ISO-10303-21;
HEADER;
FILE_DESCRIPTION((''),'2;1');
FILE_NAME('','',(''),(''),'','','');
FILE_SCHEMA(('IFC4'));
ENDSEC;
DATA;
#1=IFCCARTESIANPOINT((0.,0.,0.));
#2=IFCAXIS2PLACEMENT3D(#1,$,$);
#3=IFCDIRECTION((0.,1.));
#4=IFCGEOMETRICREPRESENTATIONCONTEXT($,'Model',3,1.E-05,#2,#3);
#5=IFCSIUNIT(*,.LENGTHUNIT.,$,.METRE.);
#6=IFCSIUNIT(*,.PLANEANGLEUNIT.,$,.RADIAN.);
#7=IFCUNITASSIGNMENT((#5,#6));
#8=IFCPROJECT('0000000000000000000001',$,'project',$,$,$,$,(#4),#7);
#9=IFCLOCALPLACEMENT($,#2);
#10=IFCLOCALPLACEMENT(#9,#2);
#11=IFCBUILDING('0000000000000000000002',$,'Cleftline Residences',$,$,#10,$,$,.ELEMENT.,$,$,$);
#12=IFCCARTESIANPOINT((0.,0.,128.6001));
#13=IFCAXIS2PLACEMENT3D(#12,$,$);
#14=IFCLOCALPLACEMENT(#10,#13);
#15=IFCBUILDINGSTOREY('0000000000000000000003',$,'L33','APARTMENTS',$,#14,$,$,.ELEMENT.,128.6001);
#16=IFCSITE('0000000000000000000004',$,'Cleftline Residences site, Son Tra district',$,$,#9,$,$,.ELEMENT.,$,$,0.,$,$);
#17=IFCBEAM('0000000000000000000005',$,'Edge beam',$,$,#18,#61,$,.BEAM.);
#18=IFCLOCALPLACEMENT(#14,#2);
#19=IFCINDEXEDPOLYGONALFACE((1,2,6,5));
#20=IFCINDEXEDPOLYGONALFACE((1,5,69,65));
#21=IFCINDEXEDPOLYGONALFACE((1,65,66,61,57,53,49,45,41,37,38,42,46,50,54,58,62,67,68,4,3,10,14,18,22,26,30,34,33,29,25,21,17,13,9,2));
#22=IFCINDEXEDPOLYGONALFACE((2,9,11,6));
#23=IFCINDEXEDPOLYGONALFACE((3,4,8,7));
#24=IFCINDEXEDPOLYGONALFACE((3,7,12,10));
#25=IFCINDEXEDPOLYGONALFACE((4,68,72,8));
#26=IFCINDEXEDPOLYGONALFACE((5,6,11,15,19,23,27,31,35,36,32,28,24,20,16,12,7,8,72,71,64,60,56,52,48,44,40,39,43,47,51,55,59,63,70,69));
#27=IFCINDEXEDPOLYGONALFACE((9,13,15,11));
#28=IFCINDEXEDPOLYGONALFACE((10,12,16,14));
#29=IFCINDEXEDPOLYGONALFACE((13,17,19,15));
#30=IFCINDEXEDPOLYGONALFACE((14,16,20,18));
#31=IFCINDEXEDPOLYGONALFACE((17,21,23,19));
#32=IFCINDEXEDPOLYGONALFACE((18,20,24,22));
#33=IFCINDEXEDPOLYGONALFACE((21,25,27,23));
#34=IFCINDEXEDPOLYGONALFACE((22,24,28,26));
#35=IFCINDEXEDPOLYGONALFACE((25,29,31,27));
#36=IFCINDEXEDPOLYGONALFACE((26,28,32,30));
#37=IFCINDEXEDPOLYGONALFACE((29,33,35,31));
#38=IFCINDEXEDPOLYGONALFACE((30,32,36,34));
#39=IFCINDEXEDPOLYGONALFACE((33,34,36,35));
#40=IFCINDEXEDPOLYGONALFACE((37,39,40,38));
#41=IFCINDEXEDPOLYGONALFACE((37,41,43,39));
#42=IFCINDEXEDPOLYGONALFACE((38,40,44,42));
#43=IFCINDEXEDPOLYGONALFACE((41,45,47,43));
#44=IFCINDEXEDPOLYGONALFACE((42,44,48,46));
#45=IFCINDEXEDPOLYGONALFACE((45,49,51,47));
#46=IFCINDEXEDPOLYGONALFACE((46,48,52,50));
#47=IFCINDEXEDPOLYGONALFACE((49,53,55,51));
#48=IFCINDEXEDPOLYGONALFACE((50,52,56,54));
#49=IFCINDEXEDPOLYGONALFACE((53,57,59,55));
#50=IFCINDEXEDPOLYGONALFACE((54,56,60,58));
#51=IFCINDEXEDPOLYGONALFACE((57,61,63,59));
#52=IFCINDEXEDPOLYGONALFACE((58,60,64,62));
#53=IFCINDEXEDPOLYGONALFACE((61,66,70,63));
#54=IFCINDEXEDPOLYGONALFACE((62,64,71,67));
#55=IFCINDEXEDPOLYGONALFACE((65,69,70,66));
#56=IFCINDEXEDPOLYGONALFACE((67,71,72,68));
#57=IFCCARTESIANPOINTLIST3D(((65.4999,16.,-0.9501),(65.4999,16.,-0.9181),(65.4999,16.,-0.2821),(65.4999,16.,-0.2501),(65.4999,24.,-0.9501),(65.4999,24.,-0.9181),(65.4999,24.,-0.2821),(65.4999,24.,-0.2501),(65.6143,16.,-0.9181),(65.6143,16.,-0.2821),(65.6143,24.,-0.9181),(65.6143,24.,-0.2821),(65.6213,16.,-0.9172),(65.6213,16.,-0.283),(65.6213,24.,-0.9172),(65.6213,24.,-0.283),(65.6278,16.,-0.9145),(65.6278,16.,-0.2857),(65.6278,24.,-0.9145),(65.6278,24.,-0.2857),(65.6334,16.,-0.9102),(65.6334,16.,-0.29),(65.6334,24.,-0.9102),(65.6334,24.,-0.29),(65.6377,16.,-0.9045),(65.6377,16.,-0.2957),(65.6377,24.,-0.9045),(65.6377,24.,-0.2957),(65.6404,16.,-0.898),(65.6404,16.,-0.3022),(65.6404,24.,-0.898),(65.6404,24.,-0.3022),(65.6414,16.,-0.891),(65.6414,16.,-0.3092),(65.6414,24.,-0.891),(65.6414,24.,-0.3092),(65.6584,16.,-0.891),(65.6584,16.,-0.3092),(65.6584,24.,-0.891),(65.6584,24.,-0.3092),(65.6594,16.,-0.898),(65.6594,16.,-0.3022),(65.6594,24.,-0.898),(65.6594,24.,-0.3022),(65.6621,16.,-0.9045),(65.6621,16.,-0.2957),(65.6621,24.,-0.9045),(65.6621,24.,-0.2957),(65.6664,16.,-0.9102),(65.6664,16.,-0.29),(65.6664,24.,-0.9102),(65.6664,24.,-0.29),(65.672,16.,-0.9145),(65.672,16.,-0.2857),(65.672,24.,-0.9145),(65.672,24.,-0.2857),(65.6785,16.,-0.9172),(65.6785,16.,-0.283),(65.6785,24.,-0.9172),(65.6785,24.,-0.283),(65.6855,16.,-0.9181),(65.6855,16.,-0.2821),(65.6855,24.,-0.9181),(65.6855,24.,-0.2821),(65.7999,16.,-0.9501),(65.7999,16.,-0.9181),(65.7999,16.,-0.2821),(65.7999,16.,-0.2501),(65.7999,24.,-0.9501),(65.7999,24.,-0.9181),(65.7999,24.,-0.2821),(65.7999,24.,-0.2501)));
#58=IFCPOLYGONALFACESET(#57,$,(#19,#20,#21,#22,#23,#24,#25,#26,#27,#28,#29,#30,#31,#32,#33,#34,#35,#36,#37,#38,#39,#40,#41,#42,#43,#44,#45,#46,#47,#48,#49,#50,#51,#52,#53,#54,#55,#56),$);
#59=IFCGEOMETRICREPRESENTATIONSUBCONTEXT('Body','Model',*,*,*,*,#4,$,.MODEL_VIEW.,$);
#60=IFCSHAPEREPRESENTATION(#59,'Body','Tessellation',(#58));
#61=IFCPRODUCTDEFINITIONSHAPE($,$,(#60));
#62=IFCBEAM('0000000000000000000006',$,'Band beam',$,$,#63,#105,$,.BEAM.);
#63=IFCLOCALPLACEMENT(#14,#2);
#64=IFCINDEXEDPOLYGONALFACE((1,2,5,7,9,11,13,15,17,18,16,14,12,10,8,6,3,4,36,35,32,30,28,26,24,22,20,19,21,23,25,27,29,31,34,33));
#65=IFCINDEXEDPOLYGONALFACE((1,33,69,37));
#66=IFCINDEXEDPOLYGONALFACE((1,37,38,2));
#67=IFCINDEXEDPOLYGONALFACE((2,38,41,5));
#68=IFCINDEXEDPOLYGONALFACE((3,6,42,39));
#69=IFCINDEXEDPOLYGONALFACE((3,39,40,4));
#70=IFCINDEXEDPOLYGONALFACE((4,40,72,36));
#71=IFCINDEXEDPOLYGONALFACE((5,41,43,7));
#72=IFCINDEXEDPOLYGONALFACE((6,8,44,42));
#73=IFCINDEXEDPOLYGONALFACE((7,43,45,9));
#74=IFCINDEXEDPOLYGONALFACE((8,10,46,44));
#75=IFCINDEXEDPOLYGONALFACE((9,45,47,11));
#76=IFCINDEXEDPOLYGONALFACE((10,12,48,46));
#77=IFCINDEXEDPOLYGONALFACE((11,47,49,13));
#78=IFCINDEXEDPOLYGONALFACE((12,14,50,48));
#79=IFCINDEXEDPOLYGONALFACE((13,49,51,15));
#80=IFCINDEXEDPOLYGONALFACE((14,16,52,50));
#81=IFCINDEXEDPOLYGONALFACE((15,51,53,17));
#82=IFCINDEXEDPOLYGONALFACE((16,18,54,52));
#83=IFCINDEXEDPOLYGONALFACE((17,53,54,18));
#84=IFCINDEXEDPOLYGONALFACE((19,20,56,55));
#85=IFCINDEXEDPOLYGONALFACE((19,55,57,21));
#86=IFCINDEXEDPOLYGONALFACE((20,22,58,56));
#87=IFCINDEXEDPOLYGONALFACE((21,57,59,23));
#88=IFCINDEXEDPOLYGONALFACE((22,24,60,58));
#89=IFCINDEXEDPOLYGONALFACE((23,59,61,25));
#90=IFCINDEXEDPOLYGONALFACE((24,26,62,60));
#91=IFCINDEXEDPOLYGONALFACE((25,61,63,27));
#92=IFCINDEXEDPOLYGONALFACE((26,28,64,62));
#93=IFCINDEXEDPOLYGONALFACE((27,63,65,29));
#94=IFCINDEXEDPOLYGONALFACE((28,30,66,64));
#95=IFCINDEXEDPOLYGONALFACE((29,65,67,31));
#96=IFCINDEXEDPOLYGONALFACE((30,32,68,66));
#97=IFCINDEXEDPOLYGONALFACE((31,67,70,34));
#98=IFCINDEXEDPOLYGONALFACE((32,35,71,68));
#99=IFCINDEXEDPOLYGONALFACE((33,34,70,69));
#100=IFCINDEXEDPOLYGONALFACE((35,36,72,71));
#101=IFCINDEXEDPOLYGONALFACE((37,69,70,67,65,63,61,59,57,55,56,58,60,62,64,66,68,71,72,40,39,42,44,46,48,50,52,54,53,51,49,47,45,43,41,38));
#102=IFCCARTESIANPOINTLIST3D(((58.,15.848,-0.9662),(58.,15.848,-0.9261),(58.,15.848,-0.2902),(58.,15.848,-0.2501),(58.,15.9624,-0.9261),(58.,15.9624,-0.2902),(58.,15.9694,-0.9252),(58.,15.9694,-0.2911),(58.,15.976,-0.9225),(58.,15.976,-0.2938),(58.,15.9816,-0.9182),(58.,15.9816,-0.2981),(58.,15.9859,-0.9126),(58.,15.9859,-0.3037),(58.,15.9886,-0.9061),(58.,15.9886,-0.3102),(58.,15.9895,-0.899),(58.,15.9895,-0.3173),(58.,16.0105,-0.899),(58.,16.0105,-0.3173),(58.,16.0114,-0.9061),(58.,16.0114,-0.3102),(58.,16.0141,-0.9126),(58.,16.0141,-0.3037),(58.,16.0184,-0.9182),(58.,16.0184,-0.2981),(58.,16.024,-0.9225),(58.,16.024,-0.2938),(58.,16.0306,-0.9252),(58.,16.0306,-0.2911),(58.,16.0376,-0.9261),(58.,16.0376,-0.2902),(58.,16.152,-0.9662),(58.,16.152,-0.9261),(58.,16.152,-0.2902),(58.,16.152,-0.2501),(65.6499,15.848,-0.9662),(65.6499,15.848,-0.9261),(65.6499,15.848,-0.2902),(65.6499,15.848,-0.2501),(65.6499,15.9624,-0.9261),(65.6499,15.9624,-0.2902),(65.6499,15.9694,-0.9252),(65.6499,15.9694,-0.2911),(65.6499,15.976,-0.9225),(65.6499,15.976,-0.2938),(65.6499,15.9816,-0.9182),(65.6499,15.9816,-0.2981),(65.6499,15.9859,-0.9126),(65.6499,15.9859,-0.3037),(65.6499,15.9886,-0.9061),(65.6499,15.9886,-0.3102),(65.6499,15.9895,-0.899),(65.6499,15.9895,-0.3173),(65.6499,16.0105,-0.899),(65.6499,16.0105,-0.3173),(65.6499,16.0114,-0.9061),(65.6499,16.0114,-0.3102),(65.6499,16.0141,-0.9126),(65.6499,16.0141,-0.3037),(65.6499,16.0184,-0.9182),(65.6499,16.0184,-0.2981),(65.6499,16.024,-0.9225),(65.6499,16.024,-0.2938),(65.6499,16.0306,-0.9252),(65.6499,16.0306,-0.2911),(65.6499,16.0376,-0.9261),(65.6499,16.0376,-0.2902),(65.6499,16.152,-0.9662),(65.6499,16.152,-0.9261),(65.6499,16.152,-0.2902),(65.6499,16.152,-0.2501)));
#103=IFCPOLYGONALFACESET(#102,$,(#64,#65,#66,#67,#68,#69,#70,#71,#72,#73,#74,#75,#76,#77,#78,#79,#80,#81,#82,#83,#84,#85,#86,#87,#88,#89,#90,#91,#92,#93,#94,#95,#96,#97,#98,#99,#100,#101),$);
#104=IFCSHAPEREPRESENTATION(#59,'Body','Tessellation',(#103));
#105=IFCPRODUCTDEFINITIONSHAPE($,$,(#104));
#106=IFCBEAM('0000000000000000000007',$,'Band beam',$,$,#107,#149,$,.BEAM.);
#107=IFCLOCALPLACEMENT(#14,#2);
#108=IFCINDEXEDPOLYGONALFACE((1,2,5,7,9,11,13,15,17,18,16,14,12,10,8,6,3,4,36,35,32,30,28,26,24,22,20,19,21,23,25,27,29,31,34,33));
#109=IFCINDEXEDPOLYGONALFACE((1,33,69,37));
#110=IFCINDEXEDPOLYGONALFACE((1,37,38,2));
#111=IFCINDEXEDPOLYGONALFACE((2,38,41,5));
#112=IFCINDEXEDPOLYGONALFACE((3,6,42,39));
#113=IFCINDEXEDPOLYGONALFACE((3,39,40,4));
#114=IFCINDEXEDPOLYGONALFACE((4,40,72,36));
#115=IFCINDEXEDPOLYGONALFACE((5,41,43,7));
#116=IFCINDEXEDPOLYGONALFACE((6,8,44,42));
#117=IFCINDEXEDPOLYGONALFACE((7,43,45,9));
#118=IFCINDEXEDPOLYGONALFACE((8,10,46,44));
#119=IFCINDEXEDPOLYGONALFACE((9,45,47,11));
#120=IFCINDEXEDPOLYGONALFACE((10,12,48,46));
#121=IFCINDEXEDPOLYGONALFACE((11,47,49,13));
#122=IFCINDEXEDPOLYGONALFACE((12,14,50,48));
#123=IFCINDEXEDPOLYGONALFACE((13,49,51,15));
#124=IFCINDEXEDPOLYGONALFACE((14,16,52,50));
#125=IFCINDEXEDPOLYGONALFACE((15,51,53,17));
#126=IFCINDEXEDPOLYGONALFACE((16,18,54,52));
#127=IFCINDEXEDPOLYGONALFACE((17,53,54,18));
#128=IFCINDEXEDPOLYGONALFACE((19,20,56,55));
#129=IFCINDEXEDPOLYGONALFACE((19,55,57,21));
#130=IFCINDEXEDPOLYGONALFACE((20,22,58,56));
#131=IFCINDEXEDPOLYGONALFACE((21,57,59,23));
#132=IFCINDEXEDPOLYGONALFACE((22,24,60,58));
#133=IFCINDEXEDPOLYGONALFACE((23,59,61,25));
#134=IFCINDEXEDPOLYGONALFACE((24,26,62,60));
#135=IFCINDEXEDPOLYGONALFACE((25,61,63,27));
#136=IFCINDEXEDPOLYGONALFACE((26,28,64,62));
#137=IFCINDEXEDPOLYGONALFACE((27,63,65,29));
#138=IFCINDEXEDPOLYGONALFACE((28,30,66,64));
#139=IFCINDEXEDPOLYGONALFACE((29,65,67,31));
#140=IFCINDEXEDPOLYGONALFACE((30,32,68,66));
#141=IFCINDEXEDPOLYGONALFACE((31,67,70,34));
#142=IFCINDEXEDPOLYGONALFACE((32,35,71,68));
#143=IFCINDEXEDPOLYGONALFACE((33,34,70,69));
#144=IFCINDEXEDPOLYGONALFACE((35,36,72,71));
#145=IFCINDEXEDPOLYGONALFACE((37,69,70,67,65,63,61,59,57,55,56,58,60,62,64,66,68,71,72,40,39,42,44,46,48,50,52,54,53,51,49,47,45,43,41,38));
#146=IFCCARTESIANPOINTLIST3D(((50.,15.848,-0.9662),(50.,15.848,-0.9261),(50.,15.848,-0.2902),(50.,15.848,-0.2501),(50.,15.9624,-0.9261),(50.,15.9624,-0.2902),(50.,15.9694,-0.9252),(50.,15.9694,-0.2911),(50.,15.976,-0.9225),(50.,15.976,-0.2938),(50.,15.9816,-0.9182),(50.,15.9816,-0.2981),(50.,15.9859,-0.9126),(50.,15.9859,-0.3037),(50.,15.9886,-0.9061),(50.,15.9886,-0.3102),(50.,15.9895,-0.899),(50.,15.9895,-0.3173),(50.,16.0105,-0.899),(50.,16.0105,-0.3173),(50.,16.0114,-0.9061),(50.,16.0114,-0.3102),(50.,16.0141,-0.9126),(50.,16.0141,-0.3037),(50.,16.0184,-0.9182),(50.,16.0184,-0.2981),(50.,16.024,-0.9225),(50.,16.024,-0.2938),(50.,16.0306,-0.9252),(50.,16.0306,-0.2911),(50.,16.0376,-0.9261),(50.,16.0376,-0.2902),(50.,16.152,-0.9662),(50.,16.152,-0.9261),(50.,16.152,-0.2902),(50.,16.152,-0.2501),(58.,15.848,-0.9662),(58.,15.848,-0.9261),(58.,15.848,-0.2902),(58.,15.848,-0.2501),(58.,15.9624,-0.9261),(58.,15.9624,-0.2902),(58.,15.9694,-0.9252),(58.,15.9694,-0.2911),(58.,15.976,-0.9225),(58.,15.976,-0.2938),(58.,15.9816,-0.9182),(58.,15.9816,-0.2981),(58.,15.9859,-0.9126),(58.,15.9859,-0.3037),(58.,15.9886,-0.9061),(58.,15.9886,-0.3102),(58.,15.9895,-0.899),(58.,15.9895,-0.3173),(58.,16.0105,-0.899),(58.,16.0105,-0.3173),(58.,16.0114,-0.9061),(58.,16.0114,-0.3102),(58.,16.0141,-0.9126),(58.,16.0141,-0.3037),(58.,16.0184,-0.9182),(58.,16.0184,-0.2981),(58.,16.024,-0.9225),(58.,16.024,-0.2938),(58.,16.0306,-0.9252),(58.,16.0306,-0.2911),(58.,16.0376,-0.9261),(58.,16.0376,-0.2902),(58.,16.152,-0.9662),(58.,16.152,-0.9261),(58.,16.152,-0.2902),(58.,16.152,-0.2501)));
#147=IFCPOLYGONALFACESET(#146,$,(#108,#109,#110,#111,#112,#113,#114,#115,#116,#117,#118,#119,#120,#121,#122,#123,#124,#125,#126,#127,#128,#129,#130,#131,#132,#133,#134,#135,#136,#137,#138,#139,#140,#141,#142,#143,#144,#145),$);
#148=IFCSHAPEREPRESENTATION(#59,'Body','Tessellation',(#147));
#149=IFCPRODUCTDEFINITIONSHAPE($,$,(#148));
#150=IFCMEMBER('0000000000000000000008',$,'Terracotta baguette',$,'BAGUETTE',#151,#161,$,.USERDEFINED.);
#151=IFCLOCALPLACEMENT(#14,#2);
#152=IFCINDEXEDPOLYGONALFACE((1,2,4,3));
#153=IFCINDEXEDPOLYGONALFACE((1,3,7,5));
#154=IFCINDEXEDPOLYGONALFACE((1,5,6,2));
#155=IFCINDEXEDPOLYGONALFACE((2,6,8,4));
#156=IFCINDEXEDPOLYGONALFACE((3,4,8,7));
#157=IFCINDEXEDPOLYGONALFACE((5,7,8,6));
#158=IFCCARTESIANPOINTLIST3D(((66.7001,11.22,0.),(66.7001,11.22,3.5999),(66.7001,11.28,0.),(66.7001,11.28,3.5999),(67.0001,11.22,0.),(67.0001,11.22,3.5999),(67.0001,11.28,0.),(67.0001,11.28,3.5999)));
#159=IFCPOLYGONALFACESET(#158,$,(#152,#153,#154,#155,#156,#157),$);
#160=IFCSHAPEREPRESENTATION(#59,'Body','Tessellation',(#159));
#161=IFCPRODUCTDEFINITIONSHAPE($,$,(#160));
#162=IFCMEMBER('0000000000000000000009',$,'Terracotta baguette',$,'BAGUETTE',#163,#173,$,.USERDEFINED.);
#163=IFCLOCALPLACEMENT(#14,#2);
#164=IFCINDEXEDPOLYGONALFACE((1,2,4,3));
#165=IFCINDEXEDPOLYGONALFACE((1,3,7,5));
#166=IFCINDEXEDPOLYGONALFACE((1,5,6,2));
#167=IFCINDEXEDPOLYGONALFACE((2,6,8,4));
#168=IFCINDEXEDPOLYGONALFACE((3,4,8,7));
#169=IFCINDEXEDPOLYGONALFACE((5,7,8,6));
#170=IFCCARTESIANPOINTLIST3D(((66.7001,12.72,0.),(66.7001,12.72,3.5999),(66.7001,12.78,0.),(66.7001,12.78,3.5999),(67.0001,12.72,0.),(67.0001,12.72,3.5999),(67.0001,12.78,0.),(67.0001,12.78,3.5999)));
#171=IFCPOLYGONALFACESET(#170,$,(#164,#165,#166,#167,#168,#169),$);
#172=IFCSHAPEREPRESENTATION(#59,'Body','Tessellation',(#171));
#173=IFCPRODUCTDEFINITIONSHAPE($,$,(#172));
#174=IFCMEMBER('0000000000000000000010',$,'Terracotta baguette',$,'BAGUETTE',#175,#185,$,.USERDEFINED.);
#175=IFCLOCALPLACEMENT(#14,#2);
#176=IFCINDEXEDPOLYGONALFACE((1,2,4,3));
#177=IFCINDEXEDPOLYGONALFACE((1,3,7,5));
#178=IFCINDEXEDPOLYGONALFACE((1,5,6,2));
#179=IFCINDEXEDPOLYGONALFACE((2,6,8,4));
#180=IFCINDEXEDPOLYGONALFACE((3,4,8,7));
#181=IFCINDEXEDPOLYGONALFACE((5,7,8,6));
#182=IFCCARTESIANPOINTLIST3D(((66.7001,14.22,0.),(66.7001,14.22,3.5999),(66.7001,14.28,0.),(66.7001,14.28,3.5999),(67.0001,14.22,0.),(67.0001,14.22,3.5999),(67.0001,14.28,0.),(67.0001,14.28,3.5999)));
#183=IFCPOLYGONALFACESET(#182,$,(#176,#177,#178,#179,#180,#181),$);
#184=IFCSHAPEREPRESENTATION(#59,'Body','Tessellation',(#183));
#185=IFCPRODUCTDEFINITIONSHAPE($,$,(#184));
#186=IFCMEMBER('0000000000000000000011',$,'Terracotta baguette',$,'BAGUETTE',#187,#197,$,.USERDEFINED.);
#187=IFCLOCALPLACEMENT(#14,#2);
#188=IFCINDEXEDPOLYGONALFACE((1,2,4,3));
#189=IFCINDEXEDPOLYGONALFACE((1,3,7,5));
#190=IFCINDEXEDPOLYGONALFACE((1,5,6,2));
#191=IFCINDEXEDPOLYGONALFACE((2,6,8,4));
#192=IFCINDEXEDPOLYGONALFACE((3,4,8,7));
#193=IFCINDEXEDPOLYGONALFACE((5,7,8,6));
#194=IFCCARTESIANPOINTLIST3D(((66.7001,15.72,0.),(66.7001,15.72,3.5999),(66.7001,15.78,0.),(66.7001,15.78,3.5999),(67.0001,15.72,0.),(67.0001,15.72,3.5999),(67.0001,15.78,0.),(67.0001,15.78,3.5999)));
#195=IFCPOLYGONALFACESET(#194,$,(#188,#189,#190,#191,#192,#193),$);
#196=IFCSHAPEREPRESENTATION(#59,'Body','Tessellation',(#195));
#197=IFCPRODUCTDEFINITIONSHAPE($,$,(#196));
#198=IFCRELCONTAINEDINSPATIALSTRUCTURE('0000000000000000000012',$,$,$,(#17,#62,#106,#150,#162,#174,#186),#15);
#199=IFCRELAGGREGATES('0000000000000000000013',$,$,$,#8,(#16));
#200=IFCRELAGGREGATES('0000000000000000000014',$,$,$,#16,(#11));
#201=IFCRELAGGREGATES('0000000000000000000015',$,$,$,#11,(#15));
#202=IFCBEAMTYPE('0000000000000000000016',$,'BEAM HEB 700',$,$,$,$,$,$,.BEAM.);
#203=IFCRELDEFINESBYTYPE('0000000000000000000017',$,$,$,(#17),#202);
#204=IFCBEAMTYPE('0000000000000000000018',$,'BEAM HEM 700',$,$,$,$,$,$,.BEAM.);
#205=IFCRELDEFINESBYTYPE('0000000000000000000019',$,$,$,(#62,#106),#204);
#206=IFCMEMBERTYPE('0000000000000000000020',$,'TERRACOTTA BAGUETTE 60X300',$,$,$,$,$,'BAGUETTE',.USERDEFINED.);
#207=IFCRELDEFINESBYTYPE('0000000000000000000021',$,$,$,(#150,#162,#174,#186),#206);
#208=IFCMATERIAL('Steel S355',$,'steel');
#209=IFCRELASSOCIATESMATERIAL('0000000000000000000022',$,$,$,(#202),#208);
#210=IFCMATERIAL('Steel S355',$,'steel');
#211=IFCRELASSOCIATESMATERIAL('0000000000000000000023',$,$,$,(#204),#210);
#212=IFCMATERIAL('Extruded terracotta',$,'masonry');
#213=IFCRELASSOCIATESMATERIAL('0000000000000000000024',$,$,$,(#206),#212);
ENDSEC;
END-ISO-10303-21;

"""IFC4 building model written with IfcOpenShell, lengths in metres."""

from ifc_helpers import new_model, si_unit, direction, frame, origin, origin_2d, place, context, subcontext, project, spatial, rectangle, i_section, extrude, material, material_profile, profile_set, type_object, element, save


model = new_model("IFC4")

# Units and contexts
model_context = context("Model", 3, precision=1e-05, world=origin(), true_north=direction((0.0, 1.0)))
body_context = subcontext(model_context, "Body", "Model", "MODEL_VIEW")
ifc_project = project(units=[si_unit("LENGTHUNIT", "METRE"), si_unit("PLANEANGLEUNIT", "RADIAN")], contexts=[model_context])

# Site, building, storey
site_placement = place(None, origin())
site = spatial("IfcSite", under=ifc_project, at=site_placement, Name="Cleftline Residences site, Son Tra district", CompositionType="ELEMENT", RefElevation=0.0)
building_placement = place(site_placement, origin())
building = spatial("IfcBuilding", under=site, at=building_placement, Name="Cleftline Residences", CompositionType="ELEMENT")
storey_placement = place(building_placement, frame((0.0, 0.0, 128.6001)))
storey = spatial("IfcBuildingStorey", under=building, at=storey_placement, Name="L33", Description="APARTMENTS", CompositionType="ELEMENT", Elevation=128.6001)

# Beams
ifc_material_1 = material(Name="Steel S355", Category="steel")
ifc_material_profile_1 = material_profile(ifc_material_1, i_section(OverallWidth=0.3, OverallDepth=0.7, WebThickness=0.0171, FlangeThickness=0.032, FilletRadius=0.0271, at=origin_2d()))
ifc_profile_set_1 = profile_set([ifc_material_profile_1], Name="Steel S355")
beam_type_1 = type_object("IfcBeamType", Name="BEAM HEB 700", PredefinedType="BEAM", material=ifc_profile_set_1)
beam_1_placement = place(storey_placement, frame((65.6499, 16.0, -0.6001), z_axis=(0.0, 1.0, 0.0), x_axis=(-1.0, 0.0, 0.0)))
element("IfcBeam", 1, at=beam_1_placement, inside=storey, type_object=beam_type_1, Name="Edge beam", PredefinedType="BEAM", context=body_context, shape_type="SweptSolid", body=[
    extrude(i_section(OverallWidth=0.3, OverallDepth=0.7, WebThickness=0.0171, FlangeThickness=0.032, FilletRadius=0.0271, at=origin_2d()), origin(), (0.0, 0.0, 1.0), 8.0),
])
ifc_material_2 = material(Name="Steel S355", Category="steel")
ifc_material_profile_2 = material_profile(ifc_material_2, i_section(OverallWidth=0.304, OverallDepth=0.7161, WebThickness=0.021, FlangeThickness=0.04, FilletRadius=0.0271, at=origin_2d()))
ifc_profile_set_2 = profile_set([ifc_material_profile_2], Name="Steel S355")
beam_type_2 = type_object("IfcBeamType", Name="BEAM HEM 700", PredefinedType="BEAM", material=ifc_profile_set_2)
beam_2_placement = place(storey_placement, frame((65.6499, 16.0, -0.6082), z_axis=(-1.0, 0.0, 0.0), x_axis=(0.0, -1.0, 0.0)))
element("IfcBeam", 2, at=beam_2_placement, inside=storey, type_object=beam_type_2, Name="Band beam", PredefinedType="BEAM", context=body_context, shape_type="SweptSolid", body=[
    extrude(i_section(OverallWidth=0.304, OverallDepth=0.7161, WebThickness=0.021, FlangeThickness=0.04, FilletRadius=0.0271, at=origin_2d()), origin(), (0.0, 0.0, 1.0), 7.6499),
])
beam_3_placement = place(storey_placement, frame((58.0, 16.0, -0.6082), z_axis=(-1.0, 0.0, 0.0), x_axis=(0.0, -1.0, 0.0)))
element("IfcBeam", 3, at=beam_3_placement, inside=storey, type_object=beam_type_2, Name="Band beam", PredefinedType="BEAM", context=body_context, shape_type="SweptSolid", body=[
    extrude(i_section(OverallWidth=0.304, OverallDepth=0.7161, WebThickness=0.021, FlangeThickness=0.04, FilletRadius=0.0271, at=origin_2d()), origin(), (0.0, 0.0, 1.0), 8.0),
])

# Members
ifc_material_3 = material(Name="Extruded terracotta", Category="masonry")
ifc_material_profile_3 = material_profile(ifc_material_3, rectangle(XDim=0.0601, YDim=0.3, at=origin_2d()))
ifc_profile_set_3 = profile_set([ifc_material_profile_3], Name="Extruded terracotta")
member_type_1 = type_object("IfcMemberType", Name="TERRACOTTA BAGUETTE 60X300", ElementType="BAGUETTE", PredefinedType="USERDEFINED", material=ifc_profile_set_3)
for number, where, z_axis, x_axis, name in (
    (4, (66.8501, 11.25, 0.0), (0.0, 0.0, 1.0), (0.0, 1.0, 0.0), "Terracotta baguette"),
    (5, (66.8501, 12.75, 0.0), (0.0, 0.0, 1.0), (0.0, 1.0, 0.0), "Terracotta baguette"),
    (6, (66.8501, 14.25, 0.0), (0.0, 0.0, 1.0), (0.0, 1.0, 0.0), "Terracotta baguette"),
    (7, (66.8501, 15.75, 0.0), (0.0, 0.0, 1.0), (0.0, 1.0, 0.0), "Terracotta baguette"),
):
    element("IfcMember", number, at=place(storey_placement, frame(where, z_axis=z_axis, x_axis=x_axis)), inside=storey, type_object=member_type_1, Name=name, ObjectType="BAGUETTE", PredefinedType="USERDEFINED", context=body_context, shape_type="SweptSolid", body=[
        extrude(rectangle(XDim=0.0601, YDim=0.3, at=origin_2d()), origin(), (0.0, 0.0, 1.0), 3.5999),
    ])

save(model, "model.ifc")
